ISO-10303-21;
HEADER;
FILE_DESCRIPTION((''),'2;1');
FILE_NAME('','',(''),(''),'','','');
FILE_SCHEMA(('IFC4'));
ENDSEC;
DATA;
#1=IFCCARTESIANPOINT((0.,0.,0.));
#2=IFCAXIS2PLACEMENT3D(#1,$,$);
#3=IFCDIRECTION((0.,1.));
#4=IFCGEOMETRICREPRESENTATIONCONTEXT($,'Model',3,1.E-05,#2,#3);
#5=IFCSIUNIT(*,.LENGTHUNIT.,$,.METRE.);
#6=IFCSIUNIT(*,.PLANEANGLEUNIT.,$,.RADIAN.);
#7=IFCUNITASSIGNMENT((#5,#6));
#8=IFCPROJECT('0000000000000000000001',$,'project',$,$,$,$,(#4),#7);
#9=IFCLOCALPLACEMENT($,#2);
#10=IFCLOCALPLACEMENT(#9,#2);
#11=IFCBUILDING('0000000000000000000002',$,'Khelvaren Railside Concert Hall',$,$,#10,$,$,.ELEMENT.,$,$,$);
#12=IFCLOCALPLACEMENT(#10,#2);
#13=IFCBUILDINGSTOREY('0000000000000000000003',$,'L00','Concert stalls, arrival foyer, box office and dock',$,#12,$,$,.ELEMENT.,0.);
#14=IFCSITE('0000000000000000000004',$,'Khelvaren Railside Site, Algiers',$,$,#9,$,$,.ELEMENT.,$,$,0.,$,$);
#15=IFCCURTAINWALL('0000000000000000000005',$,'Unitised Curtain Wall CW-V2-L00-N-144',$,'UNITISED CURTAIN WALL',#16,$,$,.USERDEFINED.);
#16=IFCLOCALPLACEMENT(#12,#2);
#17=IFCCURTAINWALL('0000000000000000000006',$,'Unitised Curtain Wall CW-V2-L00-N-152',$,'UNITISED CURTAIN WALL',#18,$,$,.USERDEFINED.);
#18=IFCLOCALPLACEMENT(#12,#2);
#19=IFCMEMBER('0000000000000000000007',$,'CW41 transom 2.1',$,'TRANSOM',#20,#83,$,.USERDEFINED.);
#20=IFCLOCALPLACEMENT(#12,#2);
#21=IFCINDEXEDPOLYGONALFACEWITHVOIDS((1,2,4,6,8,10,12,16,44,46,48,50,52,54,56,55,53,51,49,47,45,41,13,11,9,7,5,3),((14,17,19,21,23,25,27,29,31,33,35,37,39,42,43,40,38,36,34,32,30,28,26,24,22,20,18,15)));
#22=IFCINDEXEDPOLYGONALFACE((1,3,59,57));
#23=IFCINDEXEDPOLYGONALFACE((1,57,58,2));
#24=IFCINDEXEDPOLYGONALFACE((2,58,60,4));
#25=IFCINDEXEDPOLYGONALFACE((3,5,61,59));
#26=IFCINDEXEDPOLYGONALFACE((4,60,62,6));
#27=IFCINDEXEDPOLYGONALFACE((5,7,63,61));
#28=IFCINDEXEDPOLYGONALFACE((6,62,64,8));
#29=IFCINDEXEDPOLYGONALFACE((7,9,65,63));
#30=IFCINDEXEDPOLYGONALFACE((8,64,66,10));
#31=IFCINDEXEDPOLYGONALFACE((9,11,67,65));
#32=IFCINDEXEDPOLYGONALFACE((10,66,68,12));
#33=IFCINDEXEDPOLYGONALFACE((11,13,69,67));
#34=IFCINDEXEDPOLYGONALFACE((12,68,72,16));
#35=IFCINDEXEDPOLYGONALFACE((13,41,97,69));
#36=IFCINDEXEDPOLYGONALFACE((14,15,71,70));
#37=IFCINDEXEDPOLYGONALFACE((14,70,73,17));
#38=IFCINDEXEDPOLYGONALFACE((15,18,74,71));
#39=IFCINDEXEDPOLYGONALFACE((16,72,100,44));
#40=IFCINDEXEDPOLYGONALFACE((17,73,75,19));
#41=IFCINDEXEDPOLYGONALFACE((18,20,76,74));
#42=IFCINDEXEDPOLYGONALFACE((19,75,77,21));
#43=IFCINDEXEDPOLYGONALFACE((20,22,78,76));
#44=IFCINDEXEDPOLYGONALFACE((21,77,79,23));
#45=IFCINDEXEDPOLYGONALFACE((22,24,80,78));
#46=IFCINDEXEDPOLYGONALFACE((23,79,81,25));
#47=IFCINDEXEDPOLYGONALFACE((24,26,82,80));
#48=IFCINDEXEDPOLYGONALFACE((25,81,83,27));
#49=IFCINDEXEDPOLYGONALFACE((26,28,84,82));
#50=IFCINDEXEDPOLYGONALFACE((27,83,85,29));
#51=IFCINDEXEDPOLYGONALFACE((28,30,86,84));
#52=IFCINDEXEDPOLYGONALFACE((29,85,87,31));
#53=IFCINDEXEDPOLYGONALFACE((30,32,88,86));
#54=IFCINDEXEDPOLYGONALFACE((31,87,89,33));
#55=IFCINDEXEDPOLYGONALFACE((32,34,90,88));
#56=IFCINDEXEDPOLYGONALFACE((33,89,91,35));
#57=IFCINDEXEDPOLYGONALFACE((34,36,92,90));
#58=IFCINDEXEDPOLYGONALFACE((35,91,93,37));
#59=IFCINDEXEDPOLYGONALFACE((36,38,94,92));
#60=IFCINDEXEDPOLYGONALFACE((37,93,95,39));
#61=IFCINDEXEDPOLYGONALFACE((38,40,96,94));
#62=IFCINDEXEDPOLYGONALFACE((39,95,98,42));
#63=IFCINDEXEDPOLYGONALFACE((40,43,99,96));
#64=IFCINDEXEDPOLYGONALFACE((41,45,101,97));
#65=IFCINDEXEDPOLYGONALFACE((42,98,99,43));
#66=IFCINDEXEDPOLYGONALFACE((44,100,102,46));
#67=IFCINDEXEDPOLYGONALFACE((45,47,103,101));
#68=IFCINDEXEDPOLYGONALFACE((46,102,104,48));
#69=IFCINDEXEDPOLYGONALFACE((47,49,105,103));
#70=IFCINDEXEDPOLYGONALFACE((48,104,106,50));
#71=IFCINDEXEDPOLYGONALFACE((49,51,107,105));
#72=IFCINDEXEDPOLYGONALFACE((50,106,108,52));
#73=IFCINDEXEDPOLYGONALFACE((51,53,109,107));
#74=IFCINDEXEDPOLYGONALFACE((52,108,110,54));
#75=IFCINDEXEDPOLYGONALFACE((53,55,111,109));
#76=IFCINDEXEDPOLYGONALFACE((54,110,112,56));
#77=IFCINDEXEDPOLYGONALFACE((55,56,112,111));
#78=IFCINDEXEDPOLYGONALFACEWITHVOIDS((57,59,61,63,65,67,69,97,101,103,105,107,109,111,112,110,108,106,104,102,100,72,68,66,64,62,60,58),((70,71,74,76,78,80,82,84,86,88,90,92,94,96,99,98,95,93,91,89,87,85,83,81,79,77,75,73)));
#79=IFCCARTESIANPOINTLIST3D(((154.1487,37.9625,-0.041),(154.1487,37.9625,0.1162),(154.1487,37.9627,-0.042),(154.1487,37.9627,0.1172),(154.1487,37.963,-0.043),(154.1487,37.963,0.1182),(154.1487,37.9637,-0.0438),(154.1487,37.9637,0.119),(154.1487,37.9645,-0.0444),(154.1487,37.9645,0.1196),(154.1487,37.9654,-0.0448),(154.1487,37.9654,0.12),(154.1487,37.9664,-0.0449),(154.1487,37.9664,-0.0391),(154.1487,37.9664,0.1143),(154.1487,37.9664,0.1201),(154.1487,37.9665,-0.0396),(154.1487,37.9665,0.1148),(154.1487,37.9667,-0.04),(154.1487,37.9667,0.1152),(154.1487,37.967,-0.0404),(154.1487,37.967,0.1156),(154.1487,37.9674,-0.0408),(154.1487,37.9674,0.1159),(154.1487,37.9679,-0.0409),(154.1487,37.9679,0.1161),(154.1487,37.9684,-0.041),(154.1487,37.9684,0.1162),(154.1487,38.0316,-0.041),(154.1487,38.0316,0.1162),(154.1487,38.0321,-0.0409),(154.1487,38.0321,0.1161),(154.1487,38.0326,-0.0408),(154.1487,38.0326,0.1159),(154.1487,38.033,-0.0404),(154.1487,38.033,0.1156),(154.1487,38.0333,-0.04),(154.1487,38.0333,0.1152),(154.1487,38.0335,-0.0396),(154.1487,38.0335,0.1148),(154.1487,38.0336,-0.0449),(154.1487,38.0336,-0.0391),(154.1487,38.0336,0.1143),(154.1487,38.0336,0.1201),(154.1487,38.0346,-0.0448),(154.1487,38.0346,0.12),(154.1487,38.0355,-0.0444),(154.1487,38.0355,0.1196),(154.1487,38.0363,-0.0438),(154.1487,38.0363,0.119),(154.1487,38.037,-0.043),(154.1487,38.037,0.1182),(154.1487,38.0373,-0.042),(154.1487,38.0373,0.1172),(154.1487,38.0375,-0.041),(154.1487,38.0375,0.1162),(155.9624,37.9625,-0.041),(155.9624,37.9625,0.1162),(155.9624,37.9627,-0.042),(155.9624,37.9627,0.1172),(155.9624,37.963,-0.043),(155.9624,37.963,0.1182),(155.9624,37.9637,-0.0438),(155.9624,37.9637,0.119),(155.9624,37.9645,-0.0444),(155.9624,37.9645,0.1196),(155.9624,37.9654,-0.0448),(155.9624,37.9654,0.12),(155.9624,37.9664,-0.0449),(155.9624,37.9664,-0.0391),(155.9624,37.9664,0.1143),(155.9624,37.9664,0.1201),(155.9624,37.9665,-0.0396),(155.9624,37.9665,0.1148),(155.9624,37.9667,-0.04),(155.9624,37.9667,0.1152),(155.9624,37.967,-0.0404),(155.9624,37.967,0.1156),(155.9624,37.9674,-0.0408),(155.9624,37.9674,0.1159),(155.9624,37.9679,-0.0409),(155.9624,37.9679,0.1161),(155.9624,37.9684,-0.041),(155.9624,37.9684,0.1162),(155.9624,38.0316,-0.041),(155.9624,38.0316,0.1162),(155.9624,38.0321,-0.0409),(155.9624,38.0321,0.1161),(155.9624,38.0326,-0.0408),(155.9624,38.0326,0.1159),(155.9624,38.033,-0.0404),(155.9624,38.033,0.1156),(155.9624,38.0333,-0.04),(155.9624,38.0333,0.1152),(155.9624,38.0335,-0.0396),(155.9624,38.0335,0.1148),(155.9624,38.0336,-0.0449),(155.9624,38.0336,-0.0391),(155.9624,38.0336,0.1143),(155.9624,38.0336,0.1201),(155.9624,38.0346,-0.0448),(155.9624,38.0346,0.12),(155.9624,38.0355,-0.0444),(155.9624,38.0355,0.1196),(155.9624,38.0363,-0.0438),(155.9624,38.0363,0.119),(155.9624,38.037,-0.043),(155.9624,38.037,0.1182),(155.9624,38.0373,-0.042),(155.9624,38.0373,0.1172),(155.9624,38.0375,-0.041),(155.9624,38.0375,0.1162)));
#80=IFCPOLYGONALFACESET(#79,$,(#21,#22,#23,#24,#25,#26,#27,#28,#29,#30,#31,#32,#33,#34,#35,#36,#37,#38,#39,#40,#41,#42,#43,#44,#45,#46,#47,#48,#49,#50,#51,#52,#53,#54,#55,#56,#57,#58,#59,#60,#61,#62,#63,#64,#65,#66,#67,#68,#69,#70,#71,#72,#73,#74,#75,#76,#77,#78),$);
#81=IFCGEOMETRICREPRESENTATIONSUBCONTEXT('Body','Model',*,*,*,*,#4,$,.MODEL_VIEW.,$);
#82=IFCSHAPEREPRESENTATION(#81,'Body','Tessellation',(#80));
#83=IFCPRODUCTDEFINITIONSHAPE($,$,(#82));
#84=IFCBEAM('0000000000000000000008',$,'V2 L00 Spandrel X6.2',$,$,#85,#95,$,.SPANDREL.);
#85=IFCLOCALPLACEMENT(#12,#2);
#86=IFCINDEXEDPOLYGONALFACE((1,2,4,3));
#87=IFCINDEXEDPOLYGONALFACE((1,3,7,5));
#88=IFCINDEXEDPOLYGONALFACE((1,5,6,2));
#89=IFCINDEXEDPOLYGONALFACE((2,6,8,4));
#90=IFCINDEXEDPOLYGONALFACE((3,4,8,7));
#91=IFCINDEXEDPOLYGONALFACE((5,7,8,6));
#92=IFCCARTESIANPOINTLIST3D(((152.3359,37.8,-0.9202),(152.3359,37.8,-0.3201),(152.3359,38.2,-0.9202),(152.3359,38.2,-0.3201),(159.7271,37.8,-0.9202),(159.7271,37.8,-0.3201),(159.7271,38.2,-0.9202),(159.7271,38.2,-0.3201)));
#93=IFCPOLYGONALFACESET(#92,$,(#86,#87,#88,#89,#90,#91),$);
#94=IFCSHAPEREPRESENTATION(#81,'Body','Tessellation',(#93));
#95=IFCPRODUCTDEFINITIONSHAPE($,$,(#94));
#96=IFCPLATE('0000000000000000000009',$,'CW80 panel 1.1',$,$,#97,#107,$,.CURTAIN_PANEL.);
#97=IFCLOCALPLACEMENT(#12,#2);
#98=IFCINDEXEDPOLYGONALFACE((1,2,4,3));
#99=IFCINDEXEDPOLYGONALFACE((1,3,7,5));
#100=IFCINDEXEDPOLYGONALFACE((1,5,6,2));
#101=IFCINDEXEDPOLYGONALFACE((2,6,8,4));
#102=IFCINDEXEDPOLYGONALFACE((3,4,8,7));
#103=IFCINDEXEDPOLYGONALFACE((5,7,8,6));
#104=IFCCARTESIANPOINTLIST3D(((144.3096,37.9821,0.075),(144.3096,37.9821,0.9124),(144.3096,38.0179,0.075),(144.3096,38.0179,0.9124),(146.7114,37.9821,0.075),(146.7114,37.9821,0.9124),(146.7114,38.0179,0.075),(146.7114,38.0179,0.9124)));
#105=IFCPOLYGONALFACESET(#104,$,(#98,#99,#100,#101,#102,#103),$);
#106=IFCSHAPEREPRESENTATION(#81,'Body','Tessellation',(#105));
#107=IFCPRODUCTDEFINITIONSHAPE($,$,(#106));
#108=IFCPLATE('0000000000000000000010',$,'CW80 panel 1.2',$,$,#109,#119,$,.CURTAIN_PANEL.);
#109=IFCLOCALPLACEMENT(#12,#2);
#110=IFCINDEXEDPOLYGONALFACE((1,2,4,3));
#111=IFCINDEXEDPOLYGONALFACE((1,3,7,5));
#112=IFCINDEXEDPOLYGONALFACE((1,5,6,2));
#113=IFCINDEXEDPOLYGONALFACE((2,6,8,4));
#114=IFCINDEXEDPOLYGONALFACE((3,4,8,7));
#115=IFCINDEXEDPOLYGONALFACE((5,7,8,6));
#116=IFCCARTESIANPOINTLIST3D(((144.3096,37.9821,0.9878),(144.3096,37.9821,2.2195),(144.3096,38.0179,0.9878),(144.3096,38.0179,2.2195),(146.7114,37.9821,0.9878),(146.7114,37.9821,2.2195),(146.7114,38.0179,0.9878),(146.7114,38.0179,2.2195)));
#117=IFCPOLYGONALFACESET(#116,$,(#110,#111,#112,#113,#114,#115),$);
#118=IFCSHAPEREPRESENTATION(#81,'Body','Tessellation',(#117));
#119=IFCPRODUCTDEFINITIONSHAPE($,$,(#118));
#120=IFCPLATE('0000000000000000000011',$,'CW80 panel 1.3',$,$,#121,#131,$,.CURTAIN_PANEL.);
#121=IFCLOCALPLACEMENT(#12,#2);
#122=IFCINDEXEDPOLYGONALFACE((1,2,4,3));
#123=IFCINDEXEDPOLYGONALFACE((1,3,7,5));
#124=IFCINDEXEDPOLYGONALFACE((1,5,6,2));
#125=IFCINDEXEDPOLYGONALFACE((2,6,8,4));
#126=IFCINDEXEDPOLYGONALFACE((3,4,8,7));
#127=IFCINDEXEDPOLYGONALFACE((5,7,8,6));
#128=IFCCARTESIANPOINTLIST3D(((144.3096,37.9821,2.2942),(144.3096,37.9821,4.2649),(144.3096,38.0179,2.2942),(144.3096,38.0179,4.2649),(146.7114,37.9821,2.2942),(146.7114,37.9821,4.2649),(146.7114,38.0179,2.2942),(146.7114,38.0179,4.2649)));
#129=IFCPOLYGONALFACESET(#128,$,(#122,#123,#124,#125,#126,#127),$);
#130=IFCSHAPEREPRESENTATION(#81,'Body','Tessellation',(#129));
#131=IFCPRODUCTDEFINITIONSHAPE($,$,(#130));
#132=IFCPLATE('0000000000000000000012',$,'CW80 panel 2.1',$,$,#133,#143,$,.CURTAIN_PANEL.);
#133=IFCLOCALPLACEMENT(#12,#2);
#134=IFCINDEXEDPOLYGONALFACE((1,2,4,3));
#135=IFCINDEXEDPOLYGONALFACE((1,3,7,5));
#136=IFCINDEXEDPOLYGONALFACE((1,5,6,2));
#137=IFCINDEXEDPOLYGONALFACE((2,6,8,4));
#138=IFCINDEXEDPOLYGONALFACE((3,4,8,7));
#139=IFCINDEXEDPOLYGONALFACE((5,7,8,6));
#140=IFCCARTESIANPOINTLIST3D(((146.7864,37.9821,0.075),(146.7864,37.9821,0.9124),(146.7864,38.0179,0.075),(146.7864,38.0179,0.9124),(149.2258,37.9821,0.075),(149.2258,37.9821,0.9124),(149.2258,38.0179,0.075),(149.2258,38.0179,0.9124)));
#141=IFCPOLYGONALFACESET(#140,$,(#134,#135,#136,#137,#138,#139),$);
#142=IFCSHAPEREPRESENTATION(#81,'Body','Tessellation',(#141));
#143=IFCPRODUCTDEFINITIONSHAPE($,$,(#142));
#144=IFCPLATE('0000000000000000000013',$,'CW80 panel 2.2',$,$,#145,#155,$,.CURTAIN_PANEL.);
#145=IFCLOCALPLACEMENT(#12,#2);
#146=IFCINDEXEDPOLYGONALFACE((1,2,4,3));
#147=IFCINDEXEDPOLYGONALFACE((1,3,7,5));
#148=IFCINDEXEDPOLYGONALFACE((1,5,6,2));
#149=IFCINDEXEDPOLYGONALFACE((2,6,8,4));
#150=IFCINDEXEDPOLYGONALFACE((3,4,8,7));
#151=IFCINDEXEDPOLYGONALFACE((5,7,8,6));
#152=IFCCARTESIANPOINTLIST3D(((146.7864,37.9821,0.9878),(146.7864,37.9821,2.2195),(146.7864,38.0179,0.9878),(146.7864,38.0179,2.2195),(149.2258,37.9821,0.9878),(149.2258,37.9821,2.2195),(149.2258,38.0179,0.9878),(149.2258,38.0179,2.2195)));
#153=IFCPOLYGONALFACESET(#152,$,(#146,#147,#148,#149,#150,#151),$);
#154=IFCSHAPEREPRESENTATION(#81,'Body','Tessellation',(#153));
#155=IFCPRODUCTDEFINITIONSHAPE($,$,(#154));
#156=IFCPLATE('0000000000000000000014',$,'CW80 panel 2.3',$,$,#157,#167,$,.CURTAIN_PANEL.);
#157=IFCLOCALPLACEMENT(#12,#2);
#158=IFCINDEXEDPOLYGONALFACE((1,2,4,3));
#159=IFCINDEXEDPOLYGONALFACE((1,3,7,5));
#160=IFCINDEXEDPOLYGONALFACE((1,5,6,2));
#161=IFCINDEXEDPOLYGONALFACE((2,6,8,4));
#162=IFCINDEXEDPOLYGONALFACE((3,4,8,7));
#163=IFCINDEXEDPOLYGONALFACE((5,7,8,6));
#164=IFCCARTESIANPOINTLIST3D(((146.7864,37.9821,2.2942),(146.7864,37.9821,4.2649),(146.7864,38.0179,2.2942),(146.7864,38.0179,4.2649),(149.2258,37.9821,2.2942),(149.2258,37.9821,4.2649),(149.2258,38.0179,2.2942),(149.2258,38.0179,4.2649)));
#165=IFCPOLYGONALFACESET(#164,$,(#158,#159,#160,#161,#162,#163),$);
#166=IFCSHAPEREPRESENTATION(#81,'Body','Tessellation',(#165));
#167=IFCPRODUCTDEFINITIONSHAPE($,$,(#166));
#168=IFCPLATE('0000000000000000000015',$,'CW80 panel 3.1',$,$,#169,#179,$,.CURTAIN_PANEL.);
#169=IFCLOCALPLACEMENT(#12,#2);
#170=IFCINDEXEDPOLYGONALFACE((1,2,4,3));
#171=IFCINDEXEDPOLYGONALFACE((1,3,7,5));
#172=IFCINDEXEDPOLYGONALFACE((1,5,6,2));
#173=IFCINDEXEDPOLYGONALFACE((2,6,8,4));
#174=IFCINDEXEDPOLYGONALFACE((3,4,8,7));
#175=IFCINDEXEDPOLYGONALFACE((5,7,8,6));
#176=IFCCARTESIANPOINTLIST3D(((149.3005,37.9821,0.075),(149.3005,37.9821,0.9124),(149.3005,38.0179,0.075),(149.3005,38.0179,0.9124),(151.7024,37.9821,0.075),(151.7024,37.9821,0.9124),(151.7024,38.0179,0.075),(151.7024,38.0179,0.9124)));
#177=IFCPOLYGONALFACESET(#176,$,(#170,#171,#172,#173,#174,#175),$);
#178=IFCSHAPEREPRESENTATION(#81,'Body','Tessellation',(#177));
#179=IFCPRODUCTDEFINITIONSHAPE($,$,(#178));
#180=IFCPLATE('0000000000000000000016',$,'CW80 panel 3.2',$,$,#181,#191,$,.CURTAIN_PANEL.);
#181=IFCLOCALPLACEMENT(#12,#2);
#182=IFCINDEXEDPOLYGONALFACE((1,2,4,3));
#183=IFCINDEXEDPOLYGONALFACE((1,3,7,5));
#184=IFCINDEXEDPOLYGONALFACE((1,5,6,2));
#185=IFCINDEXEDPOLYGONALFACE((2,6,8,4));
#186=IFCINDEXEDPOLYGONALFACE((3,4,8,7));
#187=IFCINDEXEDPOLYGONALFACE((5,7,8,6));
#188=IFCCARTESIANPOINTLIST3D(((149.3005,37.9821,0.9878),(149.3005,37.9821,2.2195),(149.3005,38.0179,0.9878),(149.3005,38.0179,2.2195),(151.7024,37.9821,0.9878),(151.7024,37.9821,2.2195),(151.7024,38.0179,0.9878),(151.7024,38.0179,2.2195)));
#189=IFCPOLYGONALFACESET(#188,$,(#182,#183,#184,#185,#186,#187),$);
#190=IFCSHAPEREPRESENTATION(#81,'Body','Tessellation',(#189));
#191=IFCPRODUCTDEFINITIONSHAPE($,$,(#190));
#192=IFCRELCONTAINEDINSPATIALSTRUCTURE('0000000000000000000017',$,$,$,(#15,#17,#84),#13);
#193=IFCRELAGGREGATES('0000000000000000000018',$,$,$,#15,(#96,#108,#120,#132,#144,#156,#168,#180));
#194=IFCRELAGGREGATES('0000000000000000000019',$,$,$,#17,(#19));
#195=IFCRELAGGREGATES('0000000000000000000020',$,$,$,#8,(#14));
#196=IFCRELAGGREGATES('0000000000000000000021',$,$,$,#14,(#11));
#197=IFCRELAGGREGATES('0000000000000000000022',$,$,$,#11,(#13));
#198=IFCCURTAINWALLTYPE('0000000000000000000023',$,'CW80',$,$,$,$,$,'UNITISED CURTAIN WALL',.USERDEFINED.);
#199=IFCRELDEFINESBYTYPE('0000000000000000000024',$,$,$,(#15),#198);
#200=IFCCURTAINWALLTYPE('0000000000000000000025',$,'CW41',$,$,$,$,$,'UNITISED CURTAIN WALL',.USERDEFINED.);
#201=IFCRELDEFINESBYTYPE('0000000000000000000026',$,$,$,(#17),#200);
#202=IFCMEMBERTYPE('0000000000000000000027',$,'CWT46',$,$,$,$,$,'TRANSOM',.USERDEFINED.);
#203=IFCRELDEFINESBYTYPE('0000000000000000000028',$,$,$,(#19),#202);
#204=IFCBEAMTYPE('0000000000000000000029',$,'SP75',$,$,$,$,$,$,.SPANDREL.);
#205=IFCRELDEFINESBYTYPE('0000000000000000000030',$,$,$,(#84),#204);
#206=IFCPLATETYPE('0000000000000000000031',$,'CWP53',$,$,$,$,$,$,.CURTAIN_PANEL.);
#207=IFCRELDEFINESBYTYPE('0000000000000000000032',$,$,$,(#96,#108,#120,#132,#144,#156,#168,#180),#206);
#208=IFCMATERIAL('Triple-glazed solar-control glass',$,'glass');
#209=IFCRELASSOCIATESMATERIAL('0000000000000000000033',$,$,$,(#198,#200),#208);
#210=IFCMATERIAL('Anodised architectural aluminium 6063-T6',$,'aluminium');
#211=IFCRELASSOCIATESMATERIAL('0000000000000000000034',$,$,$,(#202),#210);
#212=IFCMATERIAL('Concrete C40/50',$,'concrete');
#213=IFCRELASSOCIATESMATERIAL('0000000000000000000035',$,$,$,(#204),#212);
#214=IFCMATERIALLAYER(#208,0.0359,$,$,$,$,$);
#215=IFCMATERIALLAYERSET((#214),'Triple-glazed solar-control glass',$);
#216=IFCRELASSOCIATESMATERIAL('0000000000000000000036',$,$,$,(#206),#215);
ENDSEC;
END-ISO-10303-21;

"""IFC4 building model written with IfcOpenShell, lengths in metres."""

from ifc_helpers import new_model, si_unit, direction, frame, origin, origin_2d, place, context, subcontext, project, spatial, rectangle, hollow_rectangle, extrude, material, layer, layer_set, material_profile, profile_set, type_object, element, aggregate, save


model = new_model("IFC4")

# Units and contexts
model_context = context("Model", 3, precision=1e-05, world=origin(), true_north=direction((0.0, 1.0)))
body_context = subcontext(model_context, "Body", "Model", "MODEL_VIEW")
ifc_project = project(units=[si_unit("LENGTHUNIT", "METRE"), si_unit("PLANEANGLEUNIT", "RADIAN")], contexts=[model_context])

# Site, building, storey
site_placement = place(None, origin())
site = spatial("IfcSite", under=ifc_project, at=site_placement, Name="Khelvaren Railside Site, Algiers", CompositionType="ELEMENT", RefElevation=0.0)
building_placement = place(site_placement, origin())
building = spatial("IfcBuilding", under=site, at=building_placement, Name="Khelvaren Railside Concert Hall", CompositionType="ELEMENT")
storey_placement = place(building_placement, origin())
storey = spatial("IfcBuildingStorey", under=building, at=storey_placement, Name="L00", Description="Concert stalls, arrival foyer, box office and dock", CompositionType="ELEMENT", Elevation=0.0)

# Curtain walls
ifc_material_1 = material(Name="Triple-glazed solar-control glass", Category="glass")
curtain_wall_type_1 = type_object("IfcCurtainWallType", Name="CW80", ElementType="UNITISED CURTAIN WALL", PredefinedType="USERDEFINED", material=ifc_material_1)
curtain_wall_1_placement = place(storey_placement, origin())
curtain_wall_1 = element("IfcCurtainWall", 1, at=curtain_wall_1_placement, inside=storey, type_object=curtain_wall_type_1, Name="Unitised Curtain Wall CW-V2-L00-N-144", ObjectType="UNITISED CURTAIN WALL", PredefinedType="USERDEFINED")
ifc_material_2 = material(Name="Anodised architectural aluminium 6063-T6", Category="aluminium")
curtain_wall_type_2 = type_object("IfcCurtainWallType", Name="CW41", ElementType="UNITISED CURTAIN WALL", PredefinedType="USERDEFINED", material=ifc_material_1)
curtain_wall_2_placement = place(storey_placement, origin())
curtain_wall_2 = element("IfcCurtainWall", 2, at=curtain_wall_2_placement, inside=storey, type_object=curtain_wall_type_2, Name="Unitised Curtain Wall CW-V2-L00-N-152", ObjectType="UNITISED CURTAIN WALL", PredefinedType="USERDEFINED")

# Member
ifc_material_profile_1 = material_profile(ifc_material_2, hollow_rectangle(XDim=0.075, YDim=0.165, WallThickness=0.0039, InnerFilletRadius=0.002, OuterFilletRadius=0.0039, at=origin_2d()), Name="CWT 75x165x4")
ifc_profile_set_1 = profile_set([ifc_material_profile_1], Name="Anodised architectural aluminium 6063-T6")
member_type_1 = type_object("IfcMemberType", Name="CWT46", ElementType="TRANSOM", PredefinedType="USERDEFINED", material=ifc_profile_set_1)
member_1_placement = place(storey_placement, frame((154.1487, 38.0, 0.0376), z_axis=(1.0, 0.0, 0.0), x_axis=(0.0, 1.0, 0.0)))
member_1 = element("IfcMember", 3, at=member_1_placement, type_object=member_type_1, Name="CW41 transom 2.1", ObjectType="TRANSOM", PredefinedType="USERDEFINED", context=body_context, shape_type="SweptSolid", body=[
    extrude(hollow_rectangle(XDim=0.075, YDim=0.165, WallThickness=0.0039, InnerFilletRadius=0.002, OuterFilletRadius=0.0039, at=origin_2d()), origin(), (0.0, 0.0, 1.0), 1.8137),
])

# Beam
ifc_material_3 = material(Name="Concrete C40/50", Category="concrete")
ifc_material_profile_2 = material_profile(ifc_material_3, rectangle(XDim=0.3999, YDim=0.6001, at=origin_2d()), Name="RCB 400x600")
ifc_profile_set_2 = profile_set([ifc_material_profile_2], Name="Concrete C40/50")
beam_type = type_object("IfcBeamType", Name="SP75", PredefinedType="SPANDREL", material=ifc_profile_set_2)
beam_placement = place(storey_placement, frame((152.3359, 38.0, -0.6201), z_axis=(1.0, 0.0, 0.0), x_axis=(0.0, 1.0, 0.0)))
element("IfcBeam", 4, at=beam_placement, inside=storey, type_object=beam_type, Name="V2 L00 Spandrel X6.2", PredefinedType="SPANDREL", context=body_context, shape_type="SweptSolid", body=[
    extrude(rectangle(XDim=0.3999, YDim=0.6001, at=origin_2d()), origin(), (0.0, 0.0, 1.0), 7.3911),
])

# Plates
ifc_layer = layer(ifc_material_1, 0.0359)
ifc_layer_set = layer_set([ifc_layer], Name="Triple-glazed solar-control glass")
plate_type = type_object("IfcPlateType", Name="CWP53", PredefinedType="CURTAIN_PANEL", material=ifc_layer_set)
plate_1_placement = place(storey_placement, frame((145.5105, 38.0, 0.075), z_axis=(0.0, 0.0, 1.0), x_axis=(1.0, 0.0, 0.0)))
plate_1 = element("IfcPlate", 5, at=plate_1_placement, type_object=plate_type, Name="CW80 panel 1.1", PredefinedType="CURTAIN_PANEL", context=body_context, shape_type="SweptSolid", body=[
    extrude(rectangle(XDim=2.4019, YDim=0.0359, at=origin_2d()), origin(), (0.0, 0.0, 1.0), 0.8374),
])
plate_2_placement = place(storey_placement, frame((145.5105, 38.0, 0.9878), z_axis=(0.0, 0.0, 1.0), x_axis=(1.0, 0.0, 0.0)))
plate_2 = element("IfcPlate", 6, at=plate_2_placement, type_object=plate_type, Name="CW80 panel 1.2", PredefinedType="CURTAIN_PANEL", context=body_context, shape_type="SweptSolid", body=[
    extrude(rectangle(XDim=2.4019, YDim=0.0359, at=origin_2d()), origin(), (0.0, 0.0, 1.0), 1.2317),
])
plate_3_placement = place(storey_placement, frame((145.5105, 38.0, 2.2942), z_axis=(0.0, 0.0, 1.0), x_axis=(1.0, 0.0, 0.0)))
plate_3 = element("IfcPlate", 7, at=plate_3_placement, type_object=plate_type, Name="CW80 panel 1.3", PredefinedType="CURTAIN_PANEL", context=body_context, shape_type="SweptSolid", body=[
    extrude(rectangle(XDim=2.4019, YDim=0.0359, at=origin_2d()), origin(), (0.0, 0.0, 1.0), 1.9707),
])
plate_4_placement = place(storey_placement, frame((148.0061, 38.0, 0.075), z_axis=(0.0, 0.0, 1.0), x_axis=(1.0, 0.0, 0.0)))
plate_4 = element("IfcPlate", 8, at=plate_4_placement, type_object=plate_type, Name="CW80 panel 2.1", PredefinedType="CURTAIN_PANEL", context=body_context, shape_type="SweptSolid", body=[
    extrude(rectangle(XDim=2.4395, YDim=0.0359, at=origin_2d()), origin(), (0.0, 0.0, 1.0), 0.8374),
])
plate_5_placement = place(storey_placement, frame((148.0061, 38.0, 0.9878), z_axis=(0.0, 0.0, 1.0), x_axis=(1.0, 0.0, 0.0)))
plate_5 = element("IfcPlate", 9, at=plate_5_placement, type_object=plate_type, Name="CW80 panel 2.2", PredefinedType="CURTAIN_PANEL", context=body_context, shape_type="SweptSolid", body=[
    extrude(rectangle(XDim=2.4395, YDim=0.0359, at=origin_2d()), origin(), (0.0, 0.0, 1.0), 1.2317),
])
plate_6_placement = place(storey_placement, frame((148.0061, 38.0, 2.2942), z_axis=(0.0, 0.0, 1.0), x_axis=(1.0, 0.0, 0.0)))
plate_6 = element("IfcPlate", 10, at=plate_6_placement, type_object=plate_type, Name="CW80 panel 2.3", PredefinedType="CURTAIN_PANEL", context=body_context, shape_type="SweptSolid", body=[
    extrude(rectangle(XDim=2.4395, YDim=0.0359, at=origin_2d()), origin(), (0.0, 0.0, 1.0), 1.9707),
])
plate_7_placement = place(storey_placement, frame((150.5015, 38.0, 0.075), z_axis=(0.0, 0.0, 1.0), x_axis=(1.0, 0.0, 0.0)))
plate_7 = element("IfcPlate", 11, at=plate_7_placement, type_object=plate_type, Name="CW80 panel 3.1", PredefinedType="CURTAIN_PANEL", context=body_context, shape_type="SweptSolid", body=[
    extrude(rectangle(XDim=2.4019, YDim=0.0359, at=origin_2d()), origin(), (0.0, 0.0, 1.0), 0.8374),
])
plate_8_placement = place(storey_placement, frame((150.5015, 38.0, 0.9878), z_axis=(0.0, 0.0, 1.0), x_axis=(1.0, 0.0, 0.0)))
plate_8 = element("IfcPlate", 12, at=plate_8_placement, type_object=plate_type, Name="CW80 panel 3.2", PredefinedType="CURTAIN_PANEL", context=body_context, shape_type="SweptSolid", body=[
    extrude(rectangle(XDim=2.4019, YDim=0.0359, at=origin_2d()), origin(), (0.0, 0.0, 1.0), 1.2317),
])
aggregate(curtain_wall_1, [plate_1, plate_2, plate_3, plate_4, plate_5, plate_6, plate_7, plate_8])
aggregate(curtain_wall_2, [member_1])

save(model, "model.ifc")
